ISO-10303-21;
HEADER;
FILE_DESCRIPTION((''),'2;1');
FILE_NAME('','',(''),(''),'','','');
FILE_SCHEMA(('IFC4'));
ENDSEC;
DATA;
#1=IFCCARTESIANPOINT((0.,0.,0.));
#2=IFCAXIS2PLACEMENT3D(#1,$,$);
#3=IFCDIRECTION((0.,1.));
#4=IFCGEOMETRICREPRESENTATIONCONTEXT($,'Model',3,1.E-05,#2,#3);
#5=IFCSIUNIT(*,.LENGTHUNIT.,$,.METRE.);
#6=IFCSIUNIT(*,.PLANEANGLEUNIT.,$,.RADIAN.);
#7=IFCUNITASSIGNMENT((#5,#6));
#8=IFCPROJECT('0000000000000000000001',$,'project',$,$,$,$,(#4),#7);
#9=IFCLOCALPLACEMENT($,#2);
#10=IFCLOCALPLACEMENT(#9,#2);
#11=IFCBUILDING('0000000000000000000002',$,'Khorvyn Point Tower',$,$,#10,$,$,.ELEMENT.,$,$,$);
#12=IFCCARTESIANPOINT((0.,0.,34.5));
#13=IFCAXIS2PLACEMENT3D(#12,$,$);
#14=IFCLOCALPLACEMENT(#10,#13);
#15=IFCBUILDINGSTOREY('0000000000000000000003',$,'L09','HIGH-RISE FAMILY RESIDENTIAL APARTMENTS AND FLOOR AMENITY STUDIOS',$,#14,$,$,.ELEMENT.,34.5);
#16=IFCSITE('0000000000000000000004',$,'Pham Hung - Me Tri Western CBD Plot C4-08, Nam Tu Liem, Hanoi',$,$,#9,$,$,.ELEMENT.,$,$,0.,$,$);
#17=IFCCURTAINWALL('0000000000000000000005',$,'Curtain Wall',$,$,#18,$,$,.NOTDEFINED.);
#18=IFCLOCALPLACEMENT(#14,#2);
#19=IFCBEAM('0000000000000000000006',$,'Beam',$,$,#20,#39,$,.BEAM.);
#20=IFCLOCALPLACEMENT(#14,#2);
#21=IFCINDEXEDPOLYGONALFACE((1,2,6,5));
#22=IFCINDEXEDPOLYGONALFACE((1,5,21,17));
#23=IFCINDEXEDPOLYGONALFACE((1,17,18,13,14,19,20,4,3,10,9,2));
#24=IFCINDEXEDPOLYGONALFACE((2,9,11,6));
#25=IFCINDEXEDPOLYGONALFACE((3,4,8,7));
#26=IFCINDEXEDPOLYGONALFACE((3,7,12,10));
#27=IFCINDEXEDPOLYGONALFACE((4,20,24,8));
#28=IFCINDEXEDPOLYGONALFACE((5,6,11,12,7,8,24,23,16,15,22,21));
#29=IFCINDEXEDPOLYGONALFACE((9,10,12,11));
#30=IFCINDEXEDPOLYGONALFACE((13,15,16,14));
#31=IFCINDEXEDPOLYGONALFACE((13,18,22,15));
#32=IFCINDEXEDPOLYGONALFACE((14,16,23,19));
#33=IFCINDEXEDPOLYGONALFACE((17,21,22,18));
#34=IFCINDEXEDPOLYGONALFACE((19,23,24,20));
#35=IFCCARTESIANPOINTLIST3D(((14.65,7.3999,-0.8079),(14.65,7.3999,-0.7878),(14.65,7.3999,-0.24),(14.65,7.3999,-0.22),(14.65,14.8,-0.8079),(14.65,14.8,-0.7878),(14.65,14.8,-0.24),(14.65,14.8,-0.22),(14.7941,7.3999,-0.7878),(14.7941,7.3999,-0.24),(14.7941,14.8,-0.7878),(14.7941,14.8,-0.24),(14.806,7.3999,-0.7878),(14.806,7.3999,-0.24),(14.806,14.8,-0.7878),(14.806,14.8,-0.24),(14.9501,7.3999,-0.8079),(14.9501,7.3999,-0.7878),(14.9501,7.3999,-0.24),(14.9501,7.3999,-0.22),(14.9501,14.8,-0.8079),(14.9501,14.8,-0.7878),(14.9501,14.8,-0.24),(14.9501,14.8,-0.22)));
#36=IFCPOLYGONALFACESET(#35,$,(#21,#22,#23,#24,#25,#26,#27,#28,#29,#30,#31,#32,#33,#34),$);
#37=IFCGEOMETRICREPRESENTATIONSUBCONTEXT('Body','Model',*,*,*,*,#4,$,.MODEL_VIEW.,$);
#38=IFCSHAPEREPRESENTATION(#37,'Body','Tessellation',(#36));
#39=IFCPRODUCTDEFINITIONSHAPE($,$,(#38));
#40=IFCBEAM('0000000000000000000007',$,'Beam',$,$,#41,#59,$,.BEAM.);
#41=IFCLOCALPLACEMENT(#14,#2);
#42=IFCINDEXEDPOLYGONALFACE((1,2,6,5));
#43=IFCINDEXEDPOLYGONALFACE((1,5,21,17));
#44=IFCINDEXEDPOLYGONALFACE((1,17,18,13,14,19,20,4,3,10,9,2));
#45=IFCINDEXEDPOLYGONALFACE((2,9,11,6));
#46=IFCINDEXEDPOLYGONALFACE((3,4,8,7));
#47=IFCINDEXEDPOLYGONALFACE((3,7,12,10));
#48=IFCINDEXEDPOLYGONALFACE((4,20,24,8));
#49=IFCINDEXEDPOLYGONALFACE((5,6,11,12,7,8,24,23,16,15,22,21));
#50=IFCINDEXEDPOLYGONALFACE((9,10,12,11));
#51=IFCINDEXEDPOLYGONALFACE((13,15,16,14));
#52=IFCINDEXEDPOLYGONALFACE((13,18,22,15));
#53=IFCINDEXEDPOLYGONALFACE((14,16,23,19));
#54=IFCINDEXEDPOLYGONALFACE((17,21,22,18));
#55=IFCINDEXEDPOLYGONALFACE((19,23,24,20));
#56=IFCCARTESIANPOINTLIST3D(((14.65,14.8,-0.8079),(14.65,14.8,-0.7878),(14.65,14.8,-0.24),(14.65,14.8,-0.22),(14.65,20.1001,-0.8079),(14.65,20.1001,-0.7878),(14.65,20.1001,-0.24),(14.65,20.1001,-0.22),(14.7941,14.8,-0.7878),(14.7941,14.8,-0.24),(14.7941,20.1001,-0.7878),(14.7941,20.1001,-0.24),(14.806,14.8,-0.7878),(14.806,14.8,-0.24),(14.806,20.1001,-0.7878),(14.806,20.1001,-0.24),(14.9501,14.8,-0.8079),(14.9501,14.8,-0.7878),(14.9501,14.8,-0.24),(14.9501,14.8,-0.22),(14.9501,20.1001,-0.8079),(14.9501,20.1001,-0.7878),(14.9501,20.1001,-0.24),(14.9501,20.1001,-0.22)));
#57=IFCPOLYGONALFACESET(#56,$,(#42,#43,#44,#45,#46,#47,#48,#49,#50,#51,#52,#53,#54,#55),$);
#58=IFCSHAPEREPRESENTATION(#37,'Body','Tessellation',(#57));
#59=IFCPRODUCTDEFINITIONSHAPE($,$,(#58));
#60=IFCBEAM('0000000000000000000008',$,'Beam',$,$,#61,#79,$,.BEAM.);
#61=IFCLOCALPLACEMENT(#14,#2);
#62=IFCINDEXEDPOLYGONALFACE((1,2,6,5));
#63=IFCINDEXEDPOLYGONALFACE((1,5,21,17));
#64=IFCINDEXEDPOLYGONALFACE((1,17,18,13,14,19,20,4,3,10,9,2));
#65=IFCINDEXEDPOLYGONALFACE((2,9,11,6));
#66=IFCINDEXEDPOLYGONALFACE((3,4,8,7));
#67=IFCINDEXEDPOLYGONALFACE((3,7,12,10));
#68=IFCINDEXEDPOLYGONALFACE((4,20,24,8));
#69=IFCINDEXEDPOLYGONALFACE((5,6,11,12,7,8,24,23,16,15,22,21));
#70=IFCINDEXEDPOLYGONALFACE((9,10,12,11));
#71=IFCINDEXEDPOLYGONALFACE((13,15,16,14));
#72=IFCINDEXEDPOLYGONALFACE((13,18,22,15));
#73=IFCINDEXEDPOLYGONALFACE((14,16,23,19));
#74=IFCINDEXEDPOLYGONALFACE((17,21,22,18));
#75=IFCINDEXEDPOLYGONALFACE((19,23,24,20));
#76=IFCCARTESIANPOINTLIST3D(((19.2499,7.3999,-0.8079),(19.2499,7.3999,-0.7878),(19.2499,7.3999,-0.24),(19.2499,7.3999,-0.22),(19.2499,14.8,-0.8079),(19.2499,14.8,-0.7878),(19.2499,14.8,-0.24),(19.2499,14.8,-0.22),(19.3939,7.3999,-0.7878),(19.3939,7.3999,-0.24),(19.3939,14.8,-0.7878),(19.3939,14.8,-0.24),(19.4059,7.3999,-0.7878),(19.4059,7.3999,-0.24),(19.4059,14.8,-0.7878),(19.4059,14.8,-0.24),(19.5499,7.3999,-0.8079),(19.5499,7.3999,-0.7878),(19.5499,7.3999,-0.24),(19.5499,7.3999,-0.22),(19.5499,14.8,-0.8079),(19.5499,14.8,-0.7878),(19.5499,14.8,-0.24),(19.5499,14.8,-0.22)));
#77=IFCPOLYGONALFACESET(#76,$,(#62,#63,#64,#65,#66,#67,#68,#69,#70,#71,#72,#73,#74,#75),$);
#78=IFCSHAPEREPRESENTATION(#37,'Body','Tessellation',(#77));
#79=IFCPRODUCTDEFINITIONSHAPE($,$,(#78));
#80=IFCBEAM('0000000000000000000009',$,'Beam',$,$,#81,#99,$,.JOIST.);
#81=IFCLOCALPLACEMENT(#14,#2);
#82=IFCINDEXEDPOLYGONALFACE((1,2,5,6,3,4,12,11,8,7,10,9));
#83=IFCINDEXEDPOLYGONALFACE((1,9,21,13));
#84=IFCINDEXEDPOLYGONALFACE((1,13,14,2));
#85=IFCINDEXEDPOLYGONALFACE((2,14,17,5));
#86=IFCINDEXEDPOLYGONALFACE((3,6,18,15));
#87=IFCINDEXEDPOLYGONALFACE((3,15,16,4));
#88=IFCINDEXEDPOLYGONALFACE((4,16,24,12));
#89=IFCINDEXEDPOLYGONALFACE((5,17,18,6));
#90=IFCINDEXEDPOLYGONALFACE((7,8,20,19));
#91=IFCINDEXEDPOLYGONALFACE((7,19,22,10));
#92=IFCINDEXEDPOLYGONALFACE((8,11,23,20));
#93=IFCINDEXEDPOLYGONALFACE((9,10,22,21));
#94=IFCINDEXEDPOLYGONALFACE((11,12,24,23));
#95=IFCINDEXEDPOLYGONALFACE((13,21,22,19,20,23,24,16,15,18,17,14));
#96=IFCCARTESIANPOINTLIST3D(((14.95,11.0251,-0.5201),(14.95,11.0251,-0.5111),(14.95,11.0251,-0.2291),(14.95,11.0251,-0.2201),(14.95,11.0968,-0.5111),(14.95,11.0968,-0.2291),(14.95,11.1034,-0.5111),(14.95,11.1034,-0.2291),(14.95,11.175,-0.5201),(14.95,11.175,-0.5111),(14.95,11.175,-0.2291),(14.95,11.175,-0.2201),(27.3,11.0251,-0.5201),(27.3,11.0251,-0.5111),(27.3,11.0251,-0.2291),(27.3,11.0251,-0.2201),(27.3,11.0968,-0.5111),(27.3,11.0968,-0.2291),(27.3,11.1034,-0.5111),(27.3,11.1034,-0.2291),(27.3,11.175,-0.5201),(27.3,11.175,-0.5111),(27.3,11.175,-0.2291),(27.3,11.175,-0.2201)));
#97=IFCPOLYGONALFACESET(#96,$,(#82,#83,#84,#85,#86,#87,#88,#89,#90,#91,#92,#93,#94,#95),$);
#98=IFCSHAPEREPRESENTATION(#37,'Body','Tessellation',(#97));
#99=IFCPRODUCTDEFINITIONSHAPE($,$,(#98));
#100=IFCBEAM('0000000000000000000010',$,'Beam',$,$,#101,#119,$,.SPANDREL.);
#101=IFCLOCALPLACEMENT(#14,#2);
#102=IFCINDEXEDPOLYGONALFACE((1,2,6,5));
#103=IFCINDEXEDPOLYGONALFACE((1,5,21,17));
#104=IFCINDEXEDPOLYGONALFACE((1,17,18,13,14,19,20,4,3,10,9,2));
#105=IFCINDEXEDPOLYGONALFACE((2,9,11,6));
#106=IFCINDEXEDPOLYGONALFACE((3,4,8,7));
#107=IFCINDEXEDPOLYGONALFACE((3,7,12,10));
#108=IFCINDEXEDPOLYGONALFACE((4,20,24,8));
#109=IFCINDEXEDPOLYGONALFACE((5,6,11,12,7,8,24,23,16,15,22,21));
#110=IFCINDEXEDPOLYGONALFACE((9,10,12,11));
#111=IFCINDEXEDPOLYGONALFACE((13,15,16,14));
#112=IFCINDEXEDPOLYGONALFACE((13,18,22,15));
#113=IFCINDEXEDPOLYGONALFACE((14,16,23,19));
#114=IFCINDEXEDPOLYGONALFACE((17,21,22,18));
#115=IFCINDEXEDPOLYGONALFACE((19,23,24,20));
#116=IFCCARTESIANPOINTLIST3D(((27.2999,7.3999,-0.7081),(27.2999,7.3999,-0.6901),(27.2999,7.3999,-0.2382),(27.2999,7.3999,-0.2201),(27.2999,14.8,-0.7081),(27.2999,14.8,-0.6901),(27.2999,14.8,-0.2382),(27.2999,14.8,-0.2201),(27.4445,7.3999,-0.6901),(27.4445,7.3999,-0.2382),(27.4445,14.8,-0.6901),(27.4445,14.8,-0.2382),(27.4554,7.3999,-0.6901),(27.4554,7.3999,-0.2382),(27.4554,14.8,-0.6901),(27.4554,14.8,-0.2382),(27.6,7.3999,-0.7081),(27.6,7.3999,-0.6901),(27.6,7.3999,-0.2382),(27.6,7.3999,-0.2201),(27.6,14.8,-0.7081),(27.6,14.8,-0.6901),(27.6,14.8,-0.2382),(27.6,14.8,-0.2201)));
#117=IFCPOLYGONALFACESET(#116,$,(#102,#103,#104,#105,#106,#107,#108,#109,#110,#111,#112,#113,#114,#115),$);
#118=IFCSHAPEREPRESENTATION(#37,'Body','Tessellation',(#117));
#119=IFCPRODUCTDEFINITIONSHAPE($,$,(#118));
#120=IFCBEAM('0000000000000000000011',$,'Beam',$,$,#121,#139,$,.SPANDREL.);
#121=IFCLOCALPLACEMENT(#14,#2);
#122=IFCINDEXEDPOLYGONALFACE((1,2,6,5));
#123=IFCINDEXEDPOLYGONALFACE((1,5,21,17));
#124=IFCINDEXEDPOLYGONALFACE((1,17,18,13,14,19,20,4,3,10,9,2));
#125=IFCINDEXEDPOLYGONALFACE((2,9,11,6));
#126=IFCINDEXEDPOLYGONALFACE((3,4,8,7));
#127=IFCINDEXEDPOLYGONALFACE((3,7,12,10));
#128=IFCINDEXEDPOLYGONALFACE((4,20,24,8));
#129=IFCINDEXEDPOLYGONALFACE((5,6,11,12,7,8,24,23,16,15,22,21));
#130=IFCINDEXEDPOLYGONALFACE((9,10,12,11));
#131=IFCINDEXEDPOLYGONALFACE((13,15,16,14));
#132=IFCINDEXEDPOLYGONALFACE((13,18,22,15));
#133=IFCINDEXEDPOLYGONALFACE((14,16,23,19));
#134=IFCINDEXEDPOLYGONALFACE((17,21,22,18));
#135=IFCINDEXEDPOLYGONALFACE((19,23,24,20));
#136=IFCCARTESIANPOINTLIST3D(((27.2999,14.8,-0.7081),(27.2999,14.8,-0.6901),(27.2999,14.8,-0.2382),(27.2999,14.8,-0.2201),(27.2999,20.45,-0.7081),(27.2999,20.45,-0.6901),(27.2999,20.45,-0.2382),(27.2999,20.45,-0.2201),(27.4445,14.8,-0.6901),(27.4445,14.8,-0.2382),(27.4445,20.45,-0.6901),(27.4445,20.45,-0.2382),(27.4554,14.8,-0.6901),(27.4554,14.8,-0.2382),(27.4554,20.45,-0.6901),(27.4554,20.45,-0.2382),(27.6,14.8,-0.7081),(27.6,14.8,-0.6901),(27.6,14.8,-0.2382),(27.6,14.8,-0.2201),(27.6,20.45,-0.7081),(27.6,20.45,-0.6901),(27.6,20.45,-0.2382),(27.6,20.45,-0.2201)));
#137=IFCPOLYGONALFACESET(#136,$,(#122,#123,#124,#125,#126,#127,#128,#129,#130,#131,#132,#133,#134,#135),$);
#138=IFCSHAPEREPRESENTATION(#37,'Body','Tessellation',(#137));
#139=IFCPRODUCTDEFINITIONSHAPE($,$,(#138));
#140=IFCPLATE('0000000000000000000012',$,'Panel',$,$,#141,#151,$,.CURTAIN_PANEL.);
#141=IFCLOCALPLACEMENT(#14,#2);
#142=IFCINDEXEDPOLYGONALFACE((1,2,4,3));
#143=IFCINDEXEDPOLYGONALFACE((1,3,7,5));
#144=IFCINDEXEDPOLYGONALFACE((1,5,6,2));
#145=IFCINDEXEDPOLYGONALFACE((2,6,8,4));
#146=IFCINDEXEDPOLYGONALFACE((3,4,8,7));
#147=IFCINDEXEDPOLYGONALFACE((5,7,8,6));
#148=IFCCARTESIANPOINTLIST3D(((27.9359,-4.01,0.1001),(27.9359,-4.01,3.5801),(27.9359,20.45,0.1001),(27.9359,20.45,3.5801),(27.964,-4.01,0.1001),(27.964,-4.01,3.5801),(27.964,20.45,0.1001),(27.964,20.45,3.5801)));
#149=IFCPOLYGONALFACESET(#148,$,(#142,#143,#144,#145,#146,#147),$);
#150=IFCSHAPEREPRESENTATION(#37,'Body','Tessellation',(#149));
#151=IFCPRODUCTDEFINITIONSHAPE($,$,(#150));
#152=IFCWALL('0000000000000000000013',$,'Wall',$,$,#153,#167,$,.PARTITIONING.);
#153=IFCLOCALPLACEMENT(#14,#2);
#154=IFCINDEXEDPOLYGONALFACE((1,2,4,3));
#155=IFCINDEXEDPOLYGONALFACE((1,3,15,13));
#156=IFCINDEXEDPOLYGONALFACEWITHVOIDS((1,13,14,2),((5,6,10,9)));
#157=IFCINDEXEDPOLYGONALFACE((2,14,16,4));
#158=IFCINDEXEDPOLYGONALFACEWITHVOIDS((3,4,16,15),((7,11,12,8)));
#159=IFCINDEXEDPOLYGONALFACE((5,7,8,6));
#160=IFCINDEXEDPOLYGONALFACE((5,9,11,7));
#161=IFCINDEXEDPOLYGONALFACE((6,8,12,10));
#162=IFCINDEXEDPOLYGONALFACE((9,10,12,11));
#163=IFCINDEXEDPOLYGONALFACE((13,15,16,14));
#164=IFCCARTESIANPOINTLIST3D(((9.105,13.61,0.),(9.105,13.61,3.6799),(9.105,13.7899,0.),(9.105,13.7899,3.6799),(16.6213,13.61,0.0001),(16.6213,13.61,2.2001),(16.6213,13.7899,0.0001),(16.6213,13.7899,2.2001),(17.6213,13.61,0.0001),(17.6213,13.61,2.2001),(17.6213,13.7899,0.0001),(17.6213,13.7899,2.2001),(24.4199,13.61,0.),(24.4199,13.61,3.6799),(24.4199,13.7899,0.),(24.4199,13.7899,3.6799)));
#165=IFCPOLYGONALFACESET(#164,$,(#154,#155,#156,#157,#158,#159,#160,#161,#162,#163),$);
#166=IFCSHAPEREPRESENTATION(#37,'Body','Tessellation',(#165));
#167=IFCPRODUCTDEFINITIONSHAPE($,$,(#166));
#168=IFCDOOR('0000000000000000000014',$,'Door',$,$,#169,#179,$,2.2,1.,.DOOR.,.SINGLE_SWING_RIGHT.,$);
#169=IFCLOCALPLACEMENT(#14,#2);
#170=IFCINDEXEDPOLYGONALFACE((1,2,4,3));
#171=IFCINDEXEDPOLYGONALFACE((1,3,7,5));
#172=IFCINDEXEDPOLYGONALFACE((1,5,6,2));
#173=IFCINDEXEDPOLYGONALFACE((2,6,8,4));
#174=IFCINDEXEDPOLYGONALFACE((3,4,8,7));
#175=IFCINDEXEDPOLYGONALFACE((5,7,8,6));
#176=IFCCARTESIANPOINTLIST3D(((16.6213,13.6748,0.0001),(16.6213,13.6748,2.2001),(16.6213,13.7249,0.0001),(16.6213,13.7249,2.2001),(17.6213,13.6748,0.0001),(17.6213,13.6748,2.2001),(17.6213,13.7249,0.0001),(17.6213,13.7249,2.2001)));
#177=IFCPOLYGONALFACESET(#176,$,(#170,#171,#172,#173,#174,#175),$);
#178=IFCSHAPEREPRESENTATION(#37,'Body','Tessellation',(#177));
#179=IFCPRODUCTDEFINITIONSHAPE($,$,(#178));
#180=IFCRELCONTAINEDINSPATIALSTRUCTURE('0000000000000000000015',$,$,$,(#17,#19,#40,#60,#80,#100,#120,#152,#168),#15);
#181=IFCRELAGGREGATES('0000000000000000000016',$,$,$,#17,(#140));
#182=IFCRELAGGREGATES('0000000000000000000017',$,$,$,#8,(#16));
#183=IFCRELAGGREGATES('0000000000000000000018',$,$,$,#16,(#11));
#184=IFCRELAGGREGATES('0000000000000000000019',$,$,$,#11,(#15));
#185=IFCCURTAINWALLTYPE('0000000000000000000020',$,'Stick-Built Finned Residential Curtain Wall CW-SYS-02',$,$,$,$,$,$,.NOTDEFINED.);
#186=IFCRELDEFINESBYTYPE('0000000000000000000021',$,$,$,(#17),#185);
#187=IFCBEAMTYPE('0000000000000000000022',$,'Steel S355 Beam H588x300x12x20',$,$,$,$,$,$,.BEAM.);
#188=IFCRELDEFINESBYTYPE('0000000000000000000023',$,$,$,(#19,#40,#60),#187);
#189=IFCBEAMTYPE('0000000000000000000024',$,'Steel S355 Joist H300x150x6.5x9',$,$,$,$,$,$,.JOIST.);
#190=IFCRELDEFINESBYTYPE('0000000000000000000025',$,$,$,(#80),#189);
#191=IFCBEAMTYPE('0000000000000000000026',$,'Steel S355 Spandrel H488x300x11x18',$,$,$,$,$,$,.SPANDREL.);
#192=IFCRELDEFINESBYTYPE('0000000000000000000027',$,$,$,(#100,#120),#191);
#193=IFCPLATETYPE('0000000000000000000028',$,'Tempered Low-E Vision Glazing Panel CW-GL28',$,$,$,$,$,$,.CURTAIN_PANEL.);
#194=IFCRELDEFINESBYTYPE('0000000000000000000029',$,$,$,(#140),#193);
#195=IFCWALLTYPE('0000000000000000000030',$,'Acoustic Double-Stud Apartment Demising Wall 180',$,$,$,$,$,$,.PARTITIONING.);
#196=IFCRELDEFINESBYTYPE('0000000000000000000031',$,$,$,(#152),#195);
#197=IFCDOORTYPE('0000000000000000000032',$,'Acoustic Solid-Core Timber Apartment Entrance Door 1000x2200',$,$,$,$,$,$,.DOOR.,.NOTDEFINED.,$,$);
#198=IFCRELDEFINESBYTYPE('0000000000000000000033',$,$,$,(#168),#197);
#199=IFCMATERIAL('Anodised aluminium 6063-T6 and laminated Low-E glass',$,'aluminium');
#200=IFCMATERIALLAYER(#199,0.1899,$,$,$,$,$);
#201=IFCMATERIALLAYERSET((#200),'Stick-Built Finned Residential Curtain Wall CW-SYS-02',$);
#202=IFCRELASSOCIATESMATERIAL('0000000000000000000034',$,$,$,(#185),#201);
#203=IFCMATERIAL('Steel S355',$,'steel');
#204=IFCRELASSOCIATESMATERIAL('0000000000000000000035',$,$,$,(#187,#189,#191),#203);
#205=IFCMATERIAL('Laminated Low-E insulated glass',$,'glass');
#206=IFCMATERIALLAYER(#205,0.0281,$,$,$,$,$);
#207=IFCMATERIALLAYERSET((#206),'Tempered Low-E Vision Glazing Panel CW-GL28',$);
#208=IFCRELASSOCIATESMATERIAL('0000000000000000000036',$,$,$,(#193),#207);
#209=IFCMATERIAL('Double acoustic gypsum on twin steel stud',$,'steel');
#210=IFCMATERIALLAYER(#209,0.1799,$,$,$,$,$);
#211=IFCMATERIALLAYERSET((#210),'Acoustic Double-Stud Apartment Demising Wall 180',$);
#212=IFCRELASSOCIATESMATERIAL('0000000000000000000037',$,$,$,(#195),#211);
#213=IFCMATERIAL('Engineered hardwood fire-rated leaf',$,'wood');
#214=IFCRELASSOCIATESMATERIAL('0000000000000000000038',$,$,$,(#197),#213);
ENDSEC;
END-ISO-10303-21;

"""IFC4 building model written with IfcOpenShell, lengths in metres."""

from ifc_helpers import new_model, si_unit, direction, frame, frame_2d, origin, origin_2d, place, context, subcontext, project, spatial, rectangle, i_section, extrude, material, layer, layer_set, material_profile, profile_set, type_object, element, fill, aggregate, save


model = new_model("IFC4")

# Units and contexts
model_context = context("Model", 3, precision=1e-05, world=origin(), true_north=direction((0.0, 1.0)))
body_context = subcontext(model_context, "Body", "Model", "MODEL_VIEW")
ifc_project = project(units=[si_unit("LENGTHUNIT", "METRE"), si_unit("PLANEANGLEUNIT", "RADIAN")], contexts=[model_context])

# Site, building, storey
site_placement = place(None, origin())
site = spatial("IfcSite", under=ifc_project, at=site_placement, Name="Pham Hung - Me Tri Western CBD Plot C4-08, Nam Tu Liem, Hanoi", CompositionType="ELEMENT", RefElevation=0.0)
building_placement = place(site_placement, origin())
building = spatial("IfcBuilding", under=site, at=building_placement, Name="Khorvyn Point Tower", CompositionType="ELEMENT")
storey_placement = place(building_placement, frame((0.0, 0.0, 34.5)))
storey = spatial("IfcBuildingStorey", under=building, at=storey_placement, Name="L09", Description="HIGH-RISE FAMILY RESIDENTIAL APARTMENTS AND FLOOR AMENITY STUDIOS", CompositionType="ELEMENT", Elevation=34.5)

# Curtain wall
ifc_material_1 = material(Name="Anodised aluminium 6063-T6 and laminated Low-E glass", Category="aluminium")
ifc_layer_1 = layer(ifc_material_1, 0.1899)
ifc_layer_set_1 = layer_set([ifc_layer_1], Name="Stick-Built Finned Residential Curtain Wall CW-SYS-02")
curtain_wall_type = type_object("IfcCurtainWallType", Name="Stick-Built Finned Residential Curtain Wall CW-SYS-02", PredefinedType="NOTDEFINED", material=ifc_layer_set_1)
curtain_wall_placement = place(storey_placement, origin())
curtain_wall = element("IfcCurtainWall", 1, at=curtain_wall_placement, inside=storey, type_object=curtain_wall_type, Name="Curtain Wall", PredefinedType="NOTDEFINED")

# Beams
ifc_material_2 = material(Name="Steel S355", Category="steel")
ifc_material_profile_1 = material_profile(ifc_material_2, i_section(OverallWidth=0.3, OverallDepth=0.5879, WebThickness=0.012, FlangeThickness=0.02, at=origin_2d()))
ifc_profile_set_1 = profile_set([ifc_material_profile_1], Name="Steel S355 H588x300x12x20")
beam_type_1 = type_object("IfcBeamType", Name="Steel S355 Beam H588x300x12x20", PredefinedType="BEAM", material=ifc_profile_set_1)
beam_1_placement = place(storey_placement, frame((14.8, 7.3999, -0.5139), z_axis=(0.0, 1.0, 0.0), x_axis=(-1.0, 0.0, 0.0)))
element("IfcBeam", 2, at=beam_1_placement, inside=storey, type_object=beam_type_1, Name="Beam", PredefinedType="BEAM", context=body_context, shape_type="SweptSolid", body=[
    extrude(i_section(OverallWidth=0.3, OverallDepth=0.5879, WebThickness=0.012, FlangeThickness=0.02, at=origin_2d()), origin(), (0.0, 0.0, 1.0), 7.4001),
])
beam_2_placement = place(storey_placement, frame((14.8, 14.8, -0.5139), z_axis=(0.0, 1.0, 0.0), x_axis=(-1.0, 0.0, 0.0)))
element("IfcBeam", 3, at=beam_2_placement, inside=storey, type_object=beam_type_1, Name="Beam", PredefinedType="BEAM", context=body_context, shape_type="SweptSolid", body=[
    extrude(i_section(OverallWidth=0.3, OverallDepth=0.5879, WebThickness=0.012, FlangeThickness=0.02, at=origin_2d()), origin(), (0.0, 0.0, 1.0), 5.3),
])
beam_3_placement = place(storey_placement, frame((19.3999, 7.3999, -0.5139), z_axis=(0.0, 1.0, 0.0), x_axis=(-1.0, 0.0, 0.0)))
element("IfcBeam", 4, at=beam_3_placement, inside=storey, type_object=beam_type_1, Name="Beam", PredefinedType="BEAM", context=body_context, shape_type="SweptSolid", body=[
    extrude(i_section(OverallWidth=0.3, OverallDepth=0.5879, WebThickness=0.012, FlangeThickness=0.02, at=origin_2d()), origin(), (0.0, 0.0, 1.0), 7.4001),
])
ifc_material_profile_2 = material_profile(ifc_material_2, i_section(OverallWidth=0.1499, OverallDepth=0.3, WebThickness=0.0066, FlangeThickness=0.009, at=origin_2d()))
ifc_profile_set_2 = profile_set([ifc_material_profile_2], Name="Steel S355 H300x150x6.5x9")
beam_type_2 = type_object("IfcBeamType", Name="Steel S355 Joist H300x150x6.5x9", PredefinedType="JOIST", material=ifc_profile_set_2)
beam_4_placement = place(storey_placement, frame((14.95, 11.1001, -0.3701), z_axis=(1.0, 0.0, 0.0), x_axis=(0.0, 1.0, 0.0)))
element("IfcBeam", 5, at=beam_4_placement, inside=storey, type_object=beam_type_2, Name="Beam", PredefinedType="JOIST", context=body_context, shape_type="SweptSolid", body=[
    extrude(i_section(OverallWidth=0.1499, OverallDepth=0.3, WebThickness=0.0066, FlangeThickness=0.009, at=origin_2d()), origin(), (0.0, 0.0, 1.0), 12.3501),
])
ifc_material_profile_3 = material_profile(ifc_material_2, i_section(OverallWidth=0.3, OverallDepth=0.488, WebThickness=0.011, FlangeThickness=0.0181, at=origin_2d()))
ifc_profile_set_3 = profile_set([ifc_material_profile_3], Name="Steel S355 H488x300x11x18")
beam_type_3 = type_object("IfcBeamType", Name="Steel S355 Spandrel H488x300x11x18", PredefinedType="SPANDREL", material=ifc_profile_set_3)
beam_5_placement = place(storey_placement, frame((27.45, 7.3999, -0.4641), z_axis=(0.0, 1.0, 0.0), x_axis=(-1.0, 0.0, 0.0)))
element("IfcBeam", 6, at=beam_5_placement, inside=storey, type_object=beam_type_3, Name="Beam", PredefinedType="SPANDREL", context=body_context, shape_type="SweptSolid", body=[
    extrude(i_section(OverallWidth=0.3, OverallDepth=0.488, WebThickness=0.011, FlangeThickness=0.0181, at=origin_2d()), origin(), (0.0, 0.0, 1.0), 7.4001),
])
beam_6_placement = place(storey_placement, frame((27.45, 14.8, -0.4641), z_axis=(0.0, 1.0, 0.0), x_axis=(-1.0, 0.0, 0.0)))
element("IfcBeam", 7, at=beam_6_placement, inside=storey, type_object=beam_type_3, Name="Beam", PredefinedType="SPANDREL", context=body_context, shape_type="SweptSolid", body=[
    extrude(i_section(OverallWidth=0.3, OverallDepth=0.488, WebThickness=0.011, FlangeThickness=0.0181, at=origin_2d()), origin(), (0.0, 0.0, 1.0), 5.6499),
])

# Plate
ifc_material_3 = material(Name="Laminated Low-E insulated glass", Category="glass")
ifc_layer_2 = layer(ifc_material_3, 0.0281)
ifc_layer_set_2 = layer_set([ifc_layer_2], Name="Tempered Low-E Vision Glazing Panel CW-GL28")
plate_type = type_object("IfcPlateType", Name="Tempered Low-E Vision Glazing Panel CW-GL28", PredefinedType="CURTAIN_PANEL", material=ifc_layer_set_2)
plate_placement = place(storey_placement, frame((27.95, 8.22, 0.1001), z_axis=(0.0, 0.0, 1.0), x_axis=(0.0, -1.0, 0.0)))
plate = element("IfcPlate", 8, at=plate_placement, type_object=plate_type, Name="Panel", PredefinedType="CURTAIN_PANEL", context=body_context, shape_type="SweptSolid", body=[
    extrude(rectangle(XDim=24.46, YDim=0.0281, at=origin_2d()), origin(), (0.0, 0.0, 1.0), 3.48),
])
aggregate(curtain_wall, [plate])

# Wall, opening, door
ifc_material_4 = material(Name="Double acoustic gypsum on twin steel stud", Category="steel")
ifc_layer_3 = layer(ifc_material_4, 0.1799)
ifc_layer_set_3 = layer_set([ifc_layer_3], Name="Acoustic Double-Stud Apartment Demising Wall 180")
wall_type_1 = type_object("IfcWallType", Name="Acoustic Double-Stud Apartment Demising Wall 180", PredefinedType="PARTITIONING", material=ifc_layer_set_3)
wall_1_placement = place(storey_placement, frame((9.105, 13.7, 0.0), z_axis=(0.0, 0.0, 1.0), x_axis=(1.0, 0.0, 0.0)))
wall_1 = element("IfcWall", 9, at=wall_1_placement, inside=storey, type_object=wall_type_1, Name="Wall", PredefinedType="PARTITIONING", context=body_context, shape_type="SweptSolid", body=[
    extrude(rectangle(XDim=15.3149, YDim=0.1799, at=frame_2d((7.6575, 0.0))), origin(), (0.0, 0.0, 1.0), 3.6799),
])
opening_1_placement = place(wall_1_placement, frame((7.5164, 0.0, 0.0)))
opening_1 = element("IfcOpeningElement", 10, at=opening_1_placement, cuts=wall_1, PredefinedType="OPENING", context=body_context, shape_type="SweptSolid", body=[
    extrude(rectangle(XDim=1.0, YDim=2.2, at=frame_2d((0.5, 1.1001))), frame((0.0, 0.0999, 0.0), z_axis=(0.0, -1.0, 0.0), x_axis=(1.0, 0.0, 0.0)), (0.0, 0.0, 1.0), 0.2),
])
ifc_material_5 = material(Name="Engineered hardwood fire-rated leaf", Category="wood")
door_type_1 = type_object("IfcDoorType", Name="Acoustic Solid-Core Timber Apartment Entrance Door 1000x2200", OperationType="NOTDEFINED", PredefinedType="DOOR", material=ifc_material_5)
door_1_placement = place(opening_1_placement, origin())
door_1 = element("IfcDoor", 11, at=door_1_placement, inside=storey, type_object=door_type_1, Name="Door", OperationType="SINGLE_SWING_RIGHT", OverallHeight=2.2, OverallWidth=1.0, PredefinedType="DOOR", context=body_context, shape_type="SweptSolid", body=[
    extrude(rectangle(XDim=1.0, YDim=2.2, at=frame_2d((0.5, 1.1001))), frame((0.0, 0.0249, 0.0), z_axis=(0.0, -1.0, 0.0), x_axis=(1.0, 0.0, 0.0)), (0.0, 0.0, 1.0), 0.05),
])
fill(opening_1, door_1)

save(model, "model.ifc")
